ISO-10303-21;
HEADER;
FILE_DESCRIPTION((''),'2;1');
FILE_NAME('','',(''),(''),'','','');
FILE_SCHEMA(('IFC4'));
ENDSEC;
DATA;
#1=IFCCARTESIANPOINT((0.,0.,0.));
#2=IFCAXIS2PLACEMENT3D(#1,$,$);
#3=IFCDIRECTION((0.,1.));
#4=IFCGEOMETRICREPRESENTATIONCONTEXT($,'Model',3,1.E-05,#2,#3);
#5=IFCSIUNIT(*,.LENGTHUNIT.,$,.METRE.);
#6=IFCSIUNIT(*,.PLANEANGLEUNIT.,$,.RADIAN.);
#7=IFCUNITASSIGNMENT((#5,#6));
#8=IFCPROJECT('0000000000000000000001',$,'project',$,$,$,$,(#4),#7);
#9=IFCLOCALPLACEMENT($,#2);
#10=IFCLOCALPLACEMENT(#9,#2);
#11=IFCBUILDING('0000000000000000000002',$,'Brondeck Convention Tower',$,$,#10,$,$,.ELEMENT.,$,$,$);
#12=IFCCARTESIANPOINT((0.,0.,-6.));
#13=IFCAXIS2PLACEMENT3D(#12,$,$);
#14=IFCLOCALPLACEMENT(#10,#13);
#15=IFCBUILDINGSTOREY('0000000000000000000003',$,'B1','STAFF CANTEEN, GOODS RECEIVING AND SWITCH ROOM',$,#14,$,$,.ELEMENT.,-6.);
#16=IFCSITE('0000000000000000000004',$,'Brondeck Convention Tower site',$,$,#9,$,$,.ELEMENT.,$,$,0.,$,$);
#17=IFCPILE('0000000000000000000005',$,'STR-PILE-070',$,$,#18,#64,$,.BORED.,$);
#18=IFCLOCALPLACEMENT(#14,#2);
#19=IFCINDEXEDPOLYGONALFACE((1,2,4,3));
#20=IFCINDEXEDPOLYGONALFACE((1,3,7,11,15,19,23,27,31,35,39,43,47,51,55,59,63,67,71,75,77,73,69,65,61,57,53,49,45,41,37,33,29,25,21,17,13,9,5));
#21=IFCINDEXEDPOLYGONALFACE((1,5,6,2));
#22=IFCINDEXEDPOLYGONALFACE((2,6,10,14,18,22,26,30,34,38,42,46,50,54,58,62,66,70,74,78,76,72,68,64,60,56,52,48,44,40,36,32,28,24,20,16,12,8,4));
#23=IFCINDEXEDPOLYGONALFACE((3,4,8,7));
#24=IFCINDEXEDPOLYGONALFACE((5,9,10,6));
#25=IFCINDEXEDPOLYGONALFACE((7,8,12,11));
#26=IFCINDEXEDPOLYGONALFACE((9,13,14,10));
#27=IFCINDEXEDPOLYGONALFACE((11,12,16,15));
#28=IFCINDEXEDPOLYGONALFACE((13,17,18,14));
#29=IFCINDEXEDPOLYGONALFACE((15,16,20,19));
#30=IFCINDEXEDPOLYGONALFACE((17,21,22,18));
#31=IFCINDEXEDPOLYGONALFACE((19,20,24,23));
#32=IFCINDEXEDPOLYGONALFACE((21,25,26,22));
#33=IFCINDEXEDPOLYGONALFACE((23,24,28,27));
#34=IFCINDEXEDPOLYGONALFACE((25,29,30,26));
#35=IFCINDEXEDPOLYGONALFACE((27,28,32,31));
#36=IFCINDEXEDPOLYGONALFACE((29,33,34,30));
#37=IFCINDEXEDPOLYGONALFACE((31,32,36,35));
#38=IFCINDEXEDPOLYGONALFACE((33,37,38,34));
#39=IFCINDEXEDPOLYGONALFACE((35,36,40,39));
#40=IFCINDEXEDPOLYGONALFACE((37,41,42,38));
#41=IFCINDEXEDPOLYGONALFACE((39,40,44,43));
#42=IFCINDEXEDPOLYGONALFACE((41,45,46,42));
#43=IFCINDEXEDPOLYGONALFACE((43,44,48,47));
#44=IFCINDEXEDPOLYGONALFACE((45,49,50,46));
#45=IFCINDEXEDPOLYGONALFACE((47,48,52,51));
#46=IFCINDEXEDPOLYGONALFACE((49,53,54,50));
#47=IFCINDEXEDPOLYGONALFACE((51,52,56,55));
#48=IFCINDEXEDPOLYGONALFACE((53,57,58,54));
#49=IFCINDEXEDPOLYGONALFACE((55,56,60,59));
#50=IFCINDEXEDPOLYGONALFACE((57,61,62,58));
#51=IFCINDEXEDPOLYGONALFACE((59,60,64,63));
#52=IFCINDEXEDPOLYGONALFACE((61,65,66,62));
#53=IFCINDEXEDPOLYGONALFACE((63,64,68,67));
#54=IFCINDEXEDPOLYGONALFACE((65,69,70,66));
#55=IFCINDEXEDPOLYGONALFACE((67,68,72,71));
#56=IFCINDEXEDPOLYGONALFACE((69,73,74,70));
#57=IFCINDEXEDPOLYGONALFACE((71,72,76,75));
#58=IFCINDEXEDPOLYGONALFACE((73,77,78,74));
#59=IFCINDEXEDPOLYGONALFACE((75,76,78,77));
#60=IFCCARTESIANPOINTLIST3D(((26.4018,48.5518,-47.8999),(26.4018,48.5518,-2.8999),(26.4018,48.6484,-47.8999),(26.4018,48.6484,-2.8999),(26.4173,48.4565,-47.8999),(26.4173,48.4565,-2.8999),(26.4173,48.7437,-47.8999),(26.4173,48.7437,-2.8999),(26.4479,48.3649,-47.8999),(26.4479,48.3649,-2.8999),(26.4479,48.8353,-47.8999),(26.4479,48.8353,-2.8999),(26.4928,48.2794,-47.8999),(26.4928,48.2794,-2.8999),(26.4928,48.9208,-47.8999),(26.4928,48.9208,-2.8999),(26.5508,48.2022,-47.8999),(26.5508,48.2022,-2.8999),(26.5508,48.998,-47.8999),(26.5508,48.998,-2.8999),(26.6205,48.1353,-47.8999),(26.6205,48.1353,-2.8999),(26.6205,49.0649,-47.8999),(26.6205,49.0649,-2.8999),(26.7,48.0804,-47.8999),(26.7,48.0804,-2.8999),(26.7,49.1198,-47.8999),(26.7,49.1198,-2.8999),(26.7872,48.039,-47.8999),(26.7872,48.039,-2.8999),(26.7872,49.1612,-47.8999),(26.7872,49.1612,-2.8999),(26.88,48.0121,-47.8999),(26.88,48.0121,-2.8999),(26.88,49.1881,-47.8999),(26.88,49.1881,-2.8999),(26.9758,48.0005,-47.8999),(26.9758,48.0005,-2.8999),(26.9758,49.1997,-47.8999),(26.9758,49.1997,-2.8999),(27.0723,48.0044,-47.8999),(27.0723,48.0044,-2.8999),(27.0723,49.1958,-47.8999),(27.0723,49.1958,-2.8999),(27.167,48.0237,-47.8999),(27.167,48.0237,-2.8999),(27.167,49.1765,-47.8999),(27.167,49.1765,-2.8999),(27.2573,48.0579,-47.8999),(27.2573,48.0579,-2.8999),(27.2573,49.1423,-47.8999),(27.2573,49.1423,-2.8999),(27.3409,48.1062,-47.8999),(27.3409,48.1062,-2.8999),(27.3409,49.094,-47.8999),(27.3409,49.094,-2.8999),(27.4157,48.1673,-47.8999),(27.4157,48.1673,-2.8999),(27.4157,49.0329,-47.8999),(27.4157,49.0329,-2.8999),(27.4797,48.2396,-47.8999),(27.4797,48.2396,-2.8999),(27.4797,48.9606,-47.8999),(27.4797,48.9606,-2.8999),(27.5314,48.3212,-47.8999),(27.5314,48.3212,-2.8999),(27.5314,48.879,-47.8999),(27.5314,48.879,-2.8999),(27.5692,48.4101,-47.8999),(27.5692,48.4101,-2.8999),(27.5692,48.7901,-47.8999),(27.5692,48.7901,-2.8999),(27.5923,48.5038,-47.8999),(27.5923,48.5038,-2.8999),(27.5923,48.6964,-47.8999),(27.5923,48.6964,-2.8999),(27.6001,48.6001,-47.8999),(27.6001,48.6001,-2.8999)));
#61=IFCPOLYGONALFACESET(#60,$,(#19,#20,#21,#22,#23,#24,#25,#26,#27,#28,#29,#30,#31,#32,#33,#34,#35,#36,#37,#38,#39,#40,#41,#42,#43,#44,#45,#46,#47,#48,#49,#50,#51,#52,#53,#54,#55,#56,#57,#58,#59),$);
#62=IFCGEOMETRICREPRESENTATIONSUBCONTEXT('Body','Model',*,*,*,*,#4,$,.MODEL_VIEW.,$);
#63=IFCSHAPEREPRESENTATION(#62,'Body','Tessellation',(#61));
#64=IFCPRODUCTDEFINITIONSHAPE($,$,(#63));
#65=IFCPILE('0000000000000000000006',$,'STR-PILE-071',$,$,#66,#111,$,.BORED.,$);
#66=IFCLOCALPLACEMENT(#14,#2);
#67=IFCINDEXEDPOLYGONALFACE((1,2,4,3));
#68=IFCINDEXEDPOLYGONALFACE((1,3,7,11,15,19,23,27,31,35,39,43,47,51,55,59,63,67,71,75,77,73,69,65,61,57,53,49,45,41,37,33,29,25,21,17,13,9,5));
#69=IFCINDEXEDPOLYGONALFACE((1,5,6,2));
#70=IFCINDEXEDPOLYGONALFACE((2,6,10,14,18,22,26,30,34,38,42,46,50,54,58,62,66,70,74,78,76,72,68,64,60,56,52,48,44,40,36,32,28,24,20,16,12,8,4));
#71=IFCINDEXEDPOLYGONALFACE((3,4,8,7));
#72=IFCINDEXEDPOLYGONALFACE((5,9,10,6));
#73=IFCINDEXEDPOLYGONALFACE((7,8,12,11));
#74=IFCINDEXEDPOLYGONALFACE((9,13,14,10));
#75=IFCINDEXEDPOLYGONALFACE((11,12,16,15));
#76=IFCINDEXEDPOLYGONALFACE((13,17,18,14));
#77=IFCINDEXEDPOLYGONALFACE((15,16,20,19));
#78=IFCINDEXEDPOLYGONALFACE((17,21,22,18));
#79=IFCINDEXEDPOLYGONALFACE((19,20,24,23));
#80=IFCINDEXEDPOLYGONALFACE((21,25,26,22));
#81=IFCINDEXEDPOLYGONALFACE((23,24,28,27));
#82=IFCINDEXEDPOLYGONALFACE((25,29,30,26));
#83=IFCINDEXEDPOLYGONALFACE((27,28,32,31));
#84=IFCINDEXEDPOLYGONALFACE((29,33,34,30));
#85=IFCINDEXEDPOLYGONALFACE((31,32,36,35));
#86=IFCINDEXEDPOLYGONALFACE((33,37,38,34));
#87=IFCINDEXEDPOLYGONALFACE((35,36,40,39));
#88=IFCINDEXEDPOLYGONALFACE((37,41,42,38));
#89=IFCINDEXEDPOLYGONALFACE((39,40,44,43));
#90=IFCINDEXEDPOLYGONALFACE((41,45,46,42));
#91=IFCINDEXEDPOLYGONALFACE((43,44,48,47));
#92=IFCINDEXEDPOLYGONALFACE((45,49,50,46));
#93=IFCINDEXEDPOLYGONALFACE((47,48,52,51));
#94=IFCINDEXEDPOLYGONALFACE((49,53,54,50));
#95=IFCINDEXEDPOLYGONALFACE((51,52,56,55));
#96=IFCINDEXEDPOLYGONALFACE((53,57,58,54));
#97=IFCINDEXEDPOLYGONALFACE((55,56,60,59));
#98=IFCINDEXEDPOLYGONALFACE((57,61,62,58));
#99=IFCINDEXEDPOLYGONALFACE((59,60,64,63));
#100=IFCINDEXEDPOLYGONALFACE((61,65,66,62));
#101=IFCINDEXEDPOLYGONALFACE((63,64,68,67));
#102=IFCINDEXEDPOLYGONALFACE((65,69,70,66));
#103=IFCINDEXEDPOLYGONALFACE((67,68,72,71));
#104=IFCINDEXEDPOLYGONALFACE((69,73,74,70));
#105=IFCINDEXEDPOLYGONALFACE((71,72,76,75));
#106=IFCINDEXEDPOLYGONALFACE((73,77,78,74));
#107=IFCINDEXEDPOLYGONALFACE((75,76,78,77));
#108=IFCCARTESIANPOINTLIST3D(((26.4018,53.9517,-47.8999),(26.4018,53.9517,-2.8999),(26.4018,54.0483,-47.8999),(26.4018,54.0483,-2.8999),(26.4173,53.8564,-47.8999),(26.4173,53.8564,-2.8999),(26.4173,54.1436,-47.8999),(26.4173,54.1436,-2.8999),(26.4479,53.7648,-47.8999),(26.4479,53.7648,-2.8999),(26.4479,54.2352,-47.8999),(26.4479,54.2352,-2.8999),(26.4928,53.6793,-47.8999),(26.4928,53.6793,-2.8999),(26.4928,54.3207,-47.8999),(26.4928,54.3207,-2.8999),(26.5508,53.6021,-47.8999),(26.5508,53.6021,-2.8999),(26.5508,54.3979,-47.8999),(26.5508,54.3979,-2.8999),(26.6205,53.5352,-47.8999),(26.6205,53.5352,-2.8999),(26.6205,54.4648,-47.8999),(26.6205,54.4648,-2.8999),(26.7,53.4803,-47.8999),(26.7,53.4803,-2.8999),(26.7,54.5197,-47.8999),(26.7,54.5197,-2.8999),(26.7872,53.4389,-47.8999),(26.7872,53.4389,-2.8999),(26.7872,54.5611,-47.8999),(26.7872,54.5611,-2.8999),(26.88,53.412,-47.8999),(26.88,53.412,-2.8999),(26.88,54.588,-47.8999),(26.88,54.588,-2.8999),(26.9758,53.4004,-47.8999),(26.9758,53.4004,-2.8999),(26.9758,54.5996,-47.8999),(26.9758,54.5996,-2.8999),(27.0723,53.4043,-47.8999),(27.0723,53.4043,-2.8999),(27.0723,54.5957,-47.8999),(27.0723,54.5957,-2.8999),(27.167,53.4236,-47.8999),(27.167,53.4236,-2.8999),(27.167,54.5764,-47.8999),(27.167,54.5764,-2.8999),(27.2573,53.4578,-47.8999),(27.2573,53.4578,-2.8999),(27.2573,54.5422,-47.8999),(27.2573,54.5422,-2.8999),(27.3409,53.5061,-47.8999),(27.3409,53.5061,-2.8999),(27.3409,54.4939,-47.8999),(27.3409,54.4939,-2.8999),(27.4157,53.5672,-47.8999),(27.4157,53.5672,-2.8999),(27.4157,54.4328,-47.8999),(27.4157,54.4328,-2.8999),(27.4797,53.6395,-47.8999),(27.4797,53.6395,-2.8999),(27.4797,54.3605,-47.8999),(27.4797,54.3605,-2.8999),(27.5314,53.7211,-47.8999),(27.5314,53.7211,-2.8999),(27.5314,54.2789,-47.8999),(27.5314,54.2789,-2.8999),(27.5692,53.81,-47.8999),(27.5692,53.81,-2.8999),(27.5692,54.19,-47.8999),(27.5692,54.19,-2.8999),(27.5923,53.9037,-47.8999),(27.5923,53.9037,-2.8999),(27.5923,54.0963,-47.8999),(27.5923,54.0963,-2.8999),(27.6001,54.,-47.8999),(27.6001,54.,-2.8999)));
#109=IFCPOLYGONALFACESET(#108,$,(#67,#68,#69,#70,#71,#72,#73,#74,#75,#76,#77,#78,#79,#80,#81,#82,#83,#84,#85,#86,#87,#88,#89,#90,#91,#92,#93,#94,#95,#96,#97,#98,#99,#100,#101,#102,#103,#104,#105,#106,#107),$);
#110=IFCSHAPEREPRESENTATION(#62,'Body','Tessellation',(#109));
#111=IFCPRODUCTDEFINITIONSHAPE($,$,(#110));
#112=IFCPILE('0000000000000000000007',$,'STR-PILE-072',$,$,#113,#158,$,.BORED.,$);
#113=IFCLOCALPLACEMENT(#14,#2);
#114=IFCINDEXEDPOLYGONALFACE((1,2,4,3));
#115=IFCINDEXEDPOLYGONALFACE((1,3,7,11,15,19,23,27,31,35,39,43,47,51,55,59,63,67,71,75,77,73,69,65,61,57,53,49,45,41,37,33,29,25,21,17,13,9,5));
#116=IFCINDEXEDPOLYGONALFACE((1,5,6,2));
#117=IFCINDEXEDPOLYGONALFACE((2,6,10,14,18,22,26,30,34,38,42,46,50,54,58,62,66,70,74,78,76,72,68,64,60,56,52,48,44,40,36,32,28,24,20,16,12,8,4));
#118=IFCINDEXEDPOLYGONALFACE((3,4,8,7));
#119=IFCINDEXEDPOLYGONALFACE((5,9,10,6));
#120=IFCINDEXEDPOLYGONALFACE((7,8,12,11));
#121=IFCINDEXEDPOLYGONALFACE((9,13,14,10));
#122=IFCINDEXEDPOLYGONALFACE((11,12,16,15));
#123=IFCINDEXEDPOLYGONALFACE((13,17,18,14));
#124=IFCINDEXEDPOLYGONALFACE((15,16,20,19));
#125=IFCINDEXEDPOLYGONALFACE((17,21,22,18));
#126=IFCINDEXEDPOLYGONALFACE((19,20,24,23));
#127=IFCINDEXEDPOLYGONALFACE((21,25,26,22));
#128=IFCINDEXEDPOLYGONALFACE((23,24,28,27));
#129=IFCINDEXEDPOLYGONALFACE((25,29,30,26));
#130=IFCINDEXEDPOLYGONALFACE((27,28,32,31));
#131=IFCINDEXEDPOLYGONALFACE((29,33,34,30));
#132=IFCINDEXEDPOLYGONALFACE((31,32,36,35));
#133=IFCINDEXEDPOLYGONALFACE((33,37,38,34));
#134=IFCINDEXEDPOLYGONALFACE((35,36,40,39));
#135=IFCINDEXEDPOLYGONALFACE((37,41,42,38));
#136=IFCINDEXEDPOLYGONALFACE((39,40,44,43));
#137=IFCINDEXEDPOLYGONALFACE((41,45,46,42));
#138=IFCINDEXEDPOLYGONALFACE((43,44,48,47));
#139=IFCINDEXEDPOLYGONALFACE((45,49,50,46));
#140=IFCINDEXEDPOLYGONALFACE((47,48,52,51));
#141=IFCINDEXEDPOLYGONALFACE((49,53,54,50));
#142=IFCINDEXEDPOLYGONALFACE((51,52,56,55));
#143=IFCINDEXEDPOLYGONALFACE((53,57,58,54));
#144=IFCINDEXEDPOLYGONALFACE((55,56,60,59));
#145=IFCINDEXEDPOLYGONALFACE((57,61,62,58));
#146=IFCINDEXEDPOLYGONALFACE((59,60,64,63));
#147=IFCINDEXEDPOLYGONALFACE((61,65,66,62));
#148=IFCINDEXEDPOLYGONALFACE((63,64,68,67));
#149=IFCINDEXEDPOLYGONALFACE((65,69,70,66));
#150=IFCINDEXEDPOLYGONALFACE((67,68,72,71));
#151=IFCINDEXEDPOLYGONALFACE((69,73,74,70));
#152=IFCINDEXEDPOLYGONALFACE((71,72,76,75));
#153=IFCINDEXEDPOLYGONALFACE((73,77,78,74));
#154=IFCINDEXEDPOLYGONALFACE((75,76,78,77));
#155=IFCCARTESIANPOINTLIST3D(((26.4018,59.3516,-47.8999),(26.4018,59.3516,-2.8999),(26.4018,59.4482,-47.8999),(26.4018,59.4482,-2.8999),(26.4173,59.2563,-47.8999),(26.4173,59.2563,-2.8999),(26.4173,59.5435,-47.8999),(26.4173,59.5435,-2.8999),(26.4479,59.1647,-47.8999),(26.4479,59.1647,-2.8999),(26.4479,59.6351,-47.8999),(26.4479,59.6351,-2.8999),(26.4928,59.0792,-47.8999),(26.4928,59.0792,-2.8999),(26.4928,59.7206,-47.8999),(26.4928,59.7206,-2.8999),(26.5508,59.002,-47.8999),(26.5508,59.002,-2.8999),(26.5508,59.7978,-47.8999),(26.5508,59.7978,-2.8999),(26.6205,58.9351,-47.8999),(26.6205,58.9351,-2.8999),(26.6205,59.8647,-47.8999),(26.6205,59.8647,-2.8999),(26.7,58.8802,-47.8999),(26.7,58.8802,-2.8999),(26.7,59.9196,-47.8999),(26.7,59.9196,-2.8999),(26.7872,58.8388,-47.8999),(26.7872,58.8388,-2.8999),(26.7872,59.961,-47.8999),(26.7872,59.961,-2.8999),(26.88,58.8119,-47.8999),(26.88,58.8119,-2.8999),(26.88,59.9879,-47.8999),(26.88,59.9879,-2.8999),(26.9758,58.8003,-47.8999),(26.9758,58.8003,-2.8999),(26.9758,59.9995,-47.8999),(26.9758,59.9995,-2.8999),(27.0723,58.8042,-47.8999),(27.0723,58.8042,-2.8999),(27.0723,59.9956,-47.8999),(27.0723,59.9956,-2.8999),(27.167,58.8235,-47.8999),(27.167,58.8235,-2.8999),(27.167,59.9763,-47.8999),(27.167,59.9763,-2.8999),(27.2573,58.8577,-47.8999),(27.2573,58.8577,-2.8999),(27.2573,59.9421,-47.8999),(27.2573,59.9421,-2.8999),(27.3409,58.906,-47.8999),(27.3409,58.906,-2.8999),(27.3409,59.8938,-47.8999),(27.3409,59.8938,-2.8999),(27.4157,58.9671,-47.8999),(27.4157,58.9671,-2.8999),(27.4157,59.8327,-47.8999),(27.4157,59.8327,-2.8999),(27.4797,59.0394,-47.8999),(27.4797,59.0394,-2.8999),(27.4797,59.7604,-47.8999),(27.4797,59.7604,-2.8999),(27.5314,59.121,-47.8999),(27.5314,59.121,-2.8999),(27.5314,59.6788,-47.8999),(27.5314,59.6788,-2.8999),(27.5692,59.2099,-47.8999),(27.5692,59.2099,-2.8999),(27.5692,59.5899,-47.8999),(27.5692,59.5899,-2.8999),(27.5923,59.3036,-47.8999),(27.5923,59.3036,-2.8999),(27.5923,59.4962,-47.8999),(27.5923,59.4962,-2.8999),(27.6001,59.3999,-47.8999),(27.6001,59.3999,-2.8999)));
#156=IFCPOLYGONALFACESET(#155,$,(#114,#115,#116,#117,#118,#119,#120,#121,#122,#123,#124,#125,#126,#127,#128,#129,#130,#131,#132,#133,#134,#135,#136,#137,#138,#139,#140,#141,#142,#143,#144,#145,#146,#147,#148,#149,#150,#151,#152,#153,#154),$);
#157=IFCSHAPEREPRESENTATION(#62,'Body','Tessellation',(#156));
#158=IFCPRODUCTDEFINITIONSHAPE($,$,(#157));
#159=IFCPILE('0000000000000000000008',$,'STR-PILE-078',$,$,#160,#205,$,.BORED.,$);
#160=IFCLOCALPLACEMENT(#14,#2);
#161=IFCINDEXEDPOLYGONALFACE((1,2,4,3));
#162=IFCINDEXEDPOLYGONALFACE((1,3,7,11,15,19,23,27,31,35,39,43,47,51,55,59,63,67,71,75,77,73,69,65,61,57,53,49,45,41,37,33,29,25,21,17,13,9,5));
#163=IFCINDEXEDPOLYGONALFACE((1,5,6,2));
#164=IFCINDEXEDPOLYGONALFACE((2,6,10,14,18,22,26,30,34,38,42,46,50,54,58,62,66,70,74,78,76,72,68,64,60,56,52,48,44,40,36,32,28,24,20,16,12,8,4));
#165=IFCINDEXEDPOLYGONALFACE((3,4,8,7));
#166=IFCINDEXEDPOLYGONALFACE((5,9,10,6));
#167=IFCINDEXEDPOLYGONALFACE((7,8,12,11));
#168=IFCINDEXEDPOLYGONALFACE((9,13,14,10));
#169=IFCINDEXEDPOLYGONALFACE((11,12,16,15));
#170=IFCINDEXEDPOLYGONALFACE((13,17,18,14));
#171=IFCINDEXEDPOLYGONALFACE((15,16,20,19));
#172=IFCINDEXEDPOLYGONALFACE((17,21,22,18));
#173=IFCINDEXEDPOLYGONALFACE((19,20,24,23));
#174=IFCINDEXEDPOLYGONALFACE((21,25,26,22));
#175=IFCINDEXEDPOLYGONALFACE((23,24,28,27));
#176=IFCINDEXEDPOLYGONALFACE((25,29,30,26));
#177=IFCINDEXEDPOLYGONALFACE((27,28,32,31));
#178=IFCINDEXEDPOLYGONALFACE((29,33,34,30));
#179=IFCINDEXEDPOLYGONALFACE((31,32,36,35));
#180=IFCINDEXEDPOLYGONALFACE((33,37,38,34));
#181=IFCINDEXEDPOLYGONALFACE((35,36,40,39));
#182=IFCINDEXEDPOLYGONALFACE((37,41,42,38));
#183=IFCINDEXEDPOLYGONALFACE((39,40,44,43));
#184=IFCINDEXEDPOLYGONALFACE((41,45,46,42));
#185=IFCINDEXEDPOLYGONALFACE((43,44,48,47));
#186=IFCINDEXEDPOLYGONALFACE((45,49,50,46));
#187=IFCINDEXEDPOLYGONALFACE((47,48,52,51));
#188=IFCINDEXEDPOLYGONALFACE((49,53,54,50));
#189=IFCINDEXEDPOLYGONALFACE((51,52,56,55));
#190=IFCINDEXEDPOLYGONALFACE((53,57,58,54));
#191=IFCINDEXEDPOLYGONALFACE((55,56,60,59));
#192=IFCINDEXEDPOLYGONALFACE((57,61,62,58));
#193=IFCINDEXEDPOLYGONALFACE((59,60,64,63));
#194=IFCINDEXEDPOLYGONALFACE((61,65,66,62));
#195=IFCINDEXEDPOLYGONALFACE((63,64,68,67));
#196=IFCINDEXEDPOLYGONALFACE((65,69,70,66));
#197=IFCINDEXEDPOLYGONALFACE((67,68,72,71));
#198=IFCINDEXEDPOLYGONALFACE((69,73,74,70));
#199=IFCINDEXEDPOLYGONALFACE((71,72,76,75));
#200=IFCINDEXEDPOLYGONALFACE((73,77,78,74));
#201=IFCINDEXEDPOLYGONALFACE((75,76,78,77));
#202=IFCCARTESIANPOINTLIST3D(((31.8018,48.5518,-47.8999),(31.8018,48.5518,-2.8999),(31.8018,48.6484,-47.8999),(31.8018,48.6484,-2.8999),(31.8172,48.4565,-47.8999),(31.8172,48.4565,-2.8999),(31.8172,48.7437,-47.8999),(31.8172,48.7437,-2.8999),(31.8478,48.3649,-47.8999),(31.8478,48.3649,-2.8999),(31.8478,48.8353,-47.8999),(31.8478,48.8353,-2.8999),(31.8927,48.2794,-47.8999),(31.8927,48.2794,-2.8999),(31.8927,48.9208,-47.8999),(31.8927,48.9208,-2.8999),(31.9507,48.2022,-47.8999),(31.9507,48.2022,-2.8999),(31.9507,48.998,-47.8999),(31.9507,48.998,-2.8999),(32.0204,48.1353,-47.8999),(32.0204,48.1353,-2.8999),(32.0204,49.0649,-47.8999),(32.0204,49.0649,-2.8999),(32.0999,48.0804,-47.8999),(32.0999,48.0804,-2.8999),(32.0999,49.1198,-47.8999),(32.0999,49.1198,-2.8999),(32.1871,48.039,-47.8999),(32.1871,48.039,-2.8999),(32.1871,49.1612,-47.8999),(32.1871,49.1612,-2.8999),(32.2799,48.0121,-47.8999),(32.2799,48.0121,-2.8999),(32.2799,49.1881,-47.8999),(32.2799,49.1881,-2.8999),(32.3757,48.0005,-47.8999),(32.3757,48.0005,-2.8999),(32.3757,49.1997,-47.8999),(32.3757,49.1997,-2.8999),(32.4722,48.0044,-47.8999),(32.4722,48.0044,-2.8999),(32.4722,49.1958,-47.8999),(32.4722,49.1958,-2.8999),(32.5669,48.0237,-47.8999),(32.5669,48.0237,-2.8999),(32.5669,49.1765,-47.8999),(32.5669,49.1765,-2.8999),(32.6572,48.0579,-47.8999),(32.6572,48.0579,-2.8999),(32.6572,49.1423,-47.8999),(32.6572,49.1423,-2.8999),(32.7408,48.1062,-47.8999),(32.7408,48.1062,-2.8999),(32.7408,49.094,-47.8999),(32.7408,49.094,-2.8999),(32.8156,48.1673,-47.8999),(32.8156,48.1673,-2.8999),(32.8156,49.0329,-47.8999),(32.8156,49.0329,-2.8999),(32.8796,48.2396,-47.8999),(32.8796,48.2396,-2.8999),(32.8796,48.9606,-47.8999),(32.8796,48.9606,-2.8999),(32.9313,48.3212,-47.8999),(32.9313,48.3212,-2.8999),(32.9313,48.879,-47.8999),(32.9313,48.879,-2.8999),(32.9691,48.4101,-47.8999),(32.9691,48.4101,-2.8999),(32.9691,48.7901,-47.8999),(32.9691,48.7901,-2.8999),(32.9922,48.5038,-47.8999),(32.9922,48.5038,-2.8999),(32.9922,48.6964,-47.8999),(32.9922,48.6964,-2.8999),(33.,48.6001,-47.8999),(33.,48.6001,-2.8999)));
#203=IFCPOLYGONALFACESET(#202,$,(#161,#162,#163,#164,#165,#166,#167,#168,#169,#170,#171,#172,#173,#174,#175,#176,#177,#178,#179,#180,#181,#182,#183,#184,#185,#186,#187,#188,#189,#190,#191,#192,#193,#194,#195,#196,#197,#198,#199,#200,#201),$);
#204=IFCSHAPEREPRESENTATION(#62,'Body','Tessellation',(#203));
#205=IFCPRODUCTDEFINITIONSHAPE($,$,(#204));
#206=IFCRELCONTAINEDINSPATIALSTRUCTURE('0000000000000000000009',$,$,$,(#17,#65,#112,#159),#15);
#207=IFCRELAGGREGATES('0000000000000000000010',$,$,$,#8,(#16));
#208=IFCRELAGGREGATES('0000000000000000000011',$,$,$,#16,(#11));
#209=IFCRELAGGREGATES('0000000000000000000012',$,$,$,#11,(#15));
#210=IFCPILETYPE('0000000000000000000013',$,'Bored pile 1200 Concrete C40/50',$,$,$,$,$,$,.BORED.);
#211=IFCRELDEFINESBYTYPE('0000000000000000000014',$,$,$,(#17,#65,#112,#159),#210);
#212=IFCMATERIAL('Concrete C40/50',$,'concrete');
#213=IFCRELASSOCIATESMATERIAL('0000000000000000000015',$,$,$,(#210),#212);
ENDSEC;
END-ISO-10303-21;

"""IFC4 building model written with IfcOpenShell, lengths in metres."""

from ifc_helpers import new_model, si_unit, direction, frame, origin, origin_2d, place, context, subcontext, project, spatial, circle, extrude, material, material_profile, profile_set, type_object, element, save


model = new_model("IFC4")

# Units and contexts
model_context = context("Model", 3, precision=1e-05, world=origin(), true_north=direction((0.0, 1.0)))
body_context = subcontext(model_context, "Body", "Model", "MODEL_VIEW")
ifc_project = project(units=[si_unit("LENGTHUNIT", "METRE"), si_unit("PLANEANGLEUNIT", "RADIAN")], contexts=[model_context])

# Site, building, storey
site_placement = place(None, origin())
site = spatial("IfcSite", under=ifc_project, at=site_placement, Name="Brondeck Convention Tower site", CompositionType="ELEMENT", RefElevation=0.0)
building_placement = place(site_placement, origin())
building = spatial("IfcBuilding", under=site, at=building_placement, Name="Brondeck Convention Tower", CompositionType="ELEMENT")
storey_placement = place(building_placement, frame((0.0, 0.0, -6.0)))
storey = spatial("IfcBuildingStorey", under=building, at=storey_placement, Name="B1", Description="STAFF CANTEEN, GOODS RECEIVING AND SWITCH ROOM", CompositionType="ELEMENT", Elevation=-6.0)

# Piles
ifc_material_1 = material(Name="Concrete C40/50", Category="concrete")
ifc_material_profile_1 = material_profile(ifc_material_1, circle(Radius=0.6001, at=origin_2d()), Name="Bored pile 1200 Concrete C40/50")
ifc_profile_set_1 = profile_set([ifc_material_profile_1], Name="Concrete C40/50")
pile_type = type_object("IfcPileType", Name="Bored pile 1200 Concrete C40/50", PredefinedType="BORED", material=ifc_profile_set_1)
for number, where, z_axis, x_axis, name in (
    (1, (27.0, 48.6001, -2.8999), (0.0, 0.0, -1.0), (1.0, 0.0, 0.0), "STR-PILE-070"),
    (2, (27.0, 54.0, -2.8999), (0.0, 0.0, -1.0), (1.0, 0.0, 0.0), "STR-PILE-071"),
    (3, (27.0, 59.3999, -2.8999), (0.0, 0.0, -1.0), (1.0, 0.0, 0.0), "STR-PILE-072"),
    (4, (32.3999, 48.6001, -2.8999), (0.0, 0.0, -1.0), (1.0, 0.0, 0.0), "STR-PILE-078"),
):
    element("IfcPile", number, at=place(storey_placement, frame(where, z_axis=z_axis, x_axis=x_axis)), inside=storey, type_object=pile_type, Name=name, PredefinedType="BORED", context=body_context, shape_type="SweptSolid", body=[
        extrude(circle(Radius=0.6001, at=origin_2d()), origin(), (0.0, 0.0, 1.0), 45.0),
    ])

save(model, "model.ifc")
